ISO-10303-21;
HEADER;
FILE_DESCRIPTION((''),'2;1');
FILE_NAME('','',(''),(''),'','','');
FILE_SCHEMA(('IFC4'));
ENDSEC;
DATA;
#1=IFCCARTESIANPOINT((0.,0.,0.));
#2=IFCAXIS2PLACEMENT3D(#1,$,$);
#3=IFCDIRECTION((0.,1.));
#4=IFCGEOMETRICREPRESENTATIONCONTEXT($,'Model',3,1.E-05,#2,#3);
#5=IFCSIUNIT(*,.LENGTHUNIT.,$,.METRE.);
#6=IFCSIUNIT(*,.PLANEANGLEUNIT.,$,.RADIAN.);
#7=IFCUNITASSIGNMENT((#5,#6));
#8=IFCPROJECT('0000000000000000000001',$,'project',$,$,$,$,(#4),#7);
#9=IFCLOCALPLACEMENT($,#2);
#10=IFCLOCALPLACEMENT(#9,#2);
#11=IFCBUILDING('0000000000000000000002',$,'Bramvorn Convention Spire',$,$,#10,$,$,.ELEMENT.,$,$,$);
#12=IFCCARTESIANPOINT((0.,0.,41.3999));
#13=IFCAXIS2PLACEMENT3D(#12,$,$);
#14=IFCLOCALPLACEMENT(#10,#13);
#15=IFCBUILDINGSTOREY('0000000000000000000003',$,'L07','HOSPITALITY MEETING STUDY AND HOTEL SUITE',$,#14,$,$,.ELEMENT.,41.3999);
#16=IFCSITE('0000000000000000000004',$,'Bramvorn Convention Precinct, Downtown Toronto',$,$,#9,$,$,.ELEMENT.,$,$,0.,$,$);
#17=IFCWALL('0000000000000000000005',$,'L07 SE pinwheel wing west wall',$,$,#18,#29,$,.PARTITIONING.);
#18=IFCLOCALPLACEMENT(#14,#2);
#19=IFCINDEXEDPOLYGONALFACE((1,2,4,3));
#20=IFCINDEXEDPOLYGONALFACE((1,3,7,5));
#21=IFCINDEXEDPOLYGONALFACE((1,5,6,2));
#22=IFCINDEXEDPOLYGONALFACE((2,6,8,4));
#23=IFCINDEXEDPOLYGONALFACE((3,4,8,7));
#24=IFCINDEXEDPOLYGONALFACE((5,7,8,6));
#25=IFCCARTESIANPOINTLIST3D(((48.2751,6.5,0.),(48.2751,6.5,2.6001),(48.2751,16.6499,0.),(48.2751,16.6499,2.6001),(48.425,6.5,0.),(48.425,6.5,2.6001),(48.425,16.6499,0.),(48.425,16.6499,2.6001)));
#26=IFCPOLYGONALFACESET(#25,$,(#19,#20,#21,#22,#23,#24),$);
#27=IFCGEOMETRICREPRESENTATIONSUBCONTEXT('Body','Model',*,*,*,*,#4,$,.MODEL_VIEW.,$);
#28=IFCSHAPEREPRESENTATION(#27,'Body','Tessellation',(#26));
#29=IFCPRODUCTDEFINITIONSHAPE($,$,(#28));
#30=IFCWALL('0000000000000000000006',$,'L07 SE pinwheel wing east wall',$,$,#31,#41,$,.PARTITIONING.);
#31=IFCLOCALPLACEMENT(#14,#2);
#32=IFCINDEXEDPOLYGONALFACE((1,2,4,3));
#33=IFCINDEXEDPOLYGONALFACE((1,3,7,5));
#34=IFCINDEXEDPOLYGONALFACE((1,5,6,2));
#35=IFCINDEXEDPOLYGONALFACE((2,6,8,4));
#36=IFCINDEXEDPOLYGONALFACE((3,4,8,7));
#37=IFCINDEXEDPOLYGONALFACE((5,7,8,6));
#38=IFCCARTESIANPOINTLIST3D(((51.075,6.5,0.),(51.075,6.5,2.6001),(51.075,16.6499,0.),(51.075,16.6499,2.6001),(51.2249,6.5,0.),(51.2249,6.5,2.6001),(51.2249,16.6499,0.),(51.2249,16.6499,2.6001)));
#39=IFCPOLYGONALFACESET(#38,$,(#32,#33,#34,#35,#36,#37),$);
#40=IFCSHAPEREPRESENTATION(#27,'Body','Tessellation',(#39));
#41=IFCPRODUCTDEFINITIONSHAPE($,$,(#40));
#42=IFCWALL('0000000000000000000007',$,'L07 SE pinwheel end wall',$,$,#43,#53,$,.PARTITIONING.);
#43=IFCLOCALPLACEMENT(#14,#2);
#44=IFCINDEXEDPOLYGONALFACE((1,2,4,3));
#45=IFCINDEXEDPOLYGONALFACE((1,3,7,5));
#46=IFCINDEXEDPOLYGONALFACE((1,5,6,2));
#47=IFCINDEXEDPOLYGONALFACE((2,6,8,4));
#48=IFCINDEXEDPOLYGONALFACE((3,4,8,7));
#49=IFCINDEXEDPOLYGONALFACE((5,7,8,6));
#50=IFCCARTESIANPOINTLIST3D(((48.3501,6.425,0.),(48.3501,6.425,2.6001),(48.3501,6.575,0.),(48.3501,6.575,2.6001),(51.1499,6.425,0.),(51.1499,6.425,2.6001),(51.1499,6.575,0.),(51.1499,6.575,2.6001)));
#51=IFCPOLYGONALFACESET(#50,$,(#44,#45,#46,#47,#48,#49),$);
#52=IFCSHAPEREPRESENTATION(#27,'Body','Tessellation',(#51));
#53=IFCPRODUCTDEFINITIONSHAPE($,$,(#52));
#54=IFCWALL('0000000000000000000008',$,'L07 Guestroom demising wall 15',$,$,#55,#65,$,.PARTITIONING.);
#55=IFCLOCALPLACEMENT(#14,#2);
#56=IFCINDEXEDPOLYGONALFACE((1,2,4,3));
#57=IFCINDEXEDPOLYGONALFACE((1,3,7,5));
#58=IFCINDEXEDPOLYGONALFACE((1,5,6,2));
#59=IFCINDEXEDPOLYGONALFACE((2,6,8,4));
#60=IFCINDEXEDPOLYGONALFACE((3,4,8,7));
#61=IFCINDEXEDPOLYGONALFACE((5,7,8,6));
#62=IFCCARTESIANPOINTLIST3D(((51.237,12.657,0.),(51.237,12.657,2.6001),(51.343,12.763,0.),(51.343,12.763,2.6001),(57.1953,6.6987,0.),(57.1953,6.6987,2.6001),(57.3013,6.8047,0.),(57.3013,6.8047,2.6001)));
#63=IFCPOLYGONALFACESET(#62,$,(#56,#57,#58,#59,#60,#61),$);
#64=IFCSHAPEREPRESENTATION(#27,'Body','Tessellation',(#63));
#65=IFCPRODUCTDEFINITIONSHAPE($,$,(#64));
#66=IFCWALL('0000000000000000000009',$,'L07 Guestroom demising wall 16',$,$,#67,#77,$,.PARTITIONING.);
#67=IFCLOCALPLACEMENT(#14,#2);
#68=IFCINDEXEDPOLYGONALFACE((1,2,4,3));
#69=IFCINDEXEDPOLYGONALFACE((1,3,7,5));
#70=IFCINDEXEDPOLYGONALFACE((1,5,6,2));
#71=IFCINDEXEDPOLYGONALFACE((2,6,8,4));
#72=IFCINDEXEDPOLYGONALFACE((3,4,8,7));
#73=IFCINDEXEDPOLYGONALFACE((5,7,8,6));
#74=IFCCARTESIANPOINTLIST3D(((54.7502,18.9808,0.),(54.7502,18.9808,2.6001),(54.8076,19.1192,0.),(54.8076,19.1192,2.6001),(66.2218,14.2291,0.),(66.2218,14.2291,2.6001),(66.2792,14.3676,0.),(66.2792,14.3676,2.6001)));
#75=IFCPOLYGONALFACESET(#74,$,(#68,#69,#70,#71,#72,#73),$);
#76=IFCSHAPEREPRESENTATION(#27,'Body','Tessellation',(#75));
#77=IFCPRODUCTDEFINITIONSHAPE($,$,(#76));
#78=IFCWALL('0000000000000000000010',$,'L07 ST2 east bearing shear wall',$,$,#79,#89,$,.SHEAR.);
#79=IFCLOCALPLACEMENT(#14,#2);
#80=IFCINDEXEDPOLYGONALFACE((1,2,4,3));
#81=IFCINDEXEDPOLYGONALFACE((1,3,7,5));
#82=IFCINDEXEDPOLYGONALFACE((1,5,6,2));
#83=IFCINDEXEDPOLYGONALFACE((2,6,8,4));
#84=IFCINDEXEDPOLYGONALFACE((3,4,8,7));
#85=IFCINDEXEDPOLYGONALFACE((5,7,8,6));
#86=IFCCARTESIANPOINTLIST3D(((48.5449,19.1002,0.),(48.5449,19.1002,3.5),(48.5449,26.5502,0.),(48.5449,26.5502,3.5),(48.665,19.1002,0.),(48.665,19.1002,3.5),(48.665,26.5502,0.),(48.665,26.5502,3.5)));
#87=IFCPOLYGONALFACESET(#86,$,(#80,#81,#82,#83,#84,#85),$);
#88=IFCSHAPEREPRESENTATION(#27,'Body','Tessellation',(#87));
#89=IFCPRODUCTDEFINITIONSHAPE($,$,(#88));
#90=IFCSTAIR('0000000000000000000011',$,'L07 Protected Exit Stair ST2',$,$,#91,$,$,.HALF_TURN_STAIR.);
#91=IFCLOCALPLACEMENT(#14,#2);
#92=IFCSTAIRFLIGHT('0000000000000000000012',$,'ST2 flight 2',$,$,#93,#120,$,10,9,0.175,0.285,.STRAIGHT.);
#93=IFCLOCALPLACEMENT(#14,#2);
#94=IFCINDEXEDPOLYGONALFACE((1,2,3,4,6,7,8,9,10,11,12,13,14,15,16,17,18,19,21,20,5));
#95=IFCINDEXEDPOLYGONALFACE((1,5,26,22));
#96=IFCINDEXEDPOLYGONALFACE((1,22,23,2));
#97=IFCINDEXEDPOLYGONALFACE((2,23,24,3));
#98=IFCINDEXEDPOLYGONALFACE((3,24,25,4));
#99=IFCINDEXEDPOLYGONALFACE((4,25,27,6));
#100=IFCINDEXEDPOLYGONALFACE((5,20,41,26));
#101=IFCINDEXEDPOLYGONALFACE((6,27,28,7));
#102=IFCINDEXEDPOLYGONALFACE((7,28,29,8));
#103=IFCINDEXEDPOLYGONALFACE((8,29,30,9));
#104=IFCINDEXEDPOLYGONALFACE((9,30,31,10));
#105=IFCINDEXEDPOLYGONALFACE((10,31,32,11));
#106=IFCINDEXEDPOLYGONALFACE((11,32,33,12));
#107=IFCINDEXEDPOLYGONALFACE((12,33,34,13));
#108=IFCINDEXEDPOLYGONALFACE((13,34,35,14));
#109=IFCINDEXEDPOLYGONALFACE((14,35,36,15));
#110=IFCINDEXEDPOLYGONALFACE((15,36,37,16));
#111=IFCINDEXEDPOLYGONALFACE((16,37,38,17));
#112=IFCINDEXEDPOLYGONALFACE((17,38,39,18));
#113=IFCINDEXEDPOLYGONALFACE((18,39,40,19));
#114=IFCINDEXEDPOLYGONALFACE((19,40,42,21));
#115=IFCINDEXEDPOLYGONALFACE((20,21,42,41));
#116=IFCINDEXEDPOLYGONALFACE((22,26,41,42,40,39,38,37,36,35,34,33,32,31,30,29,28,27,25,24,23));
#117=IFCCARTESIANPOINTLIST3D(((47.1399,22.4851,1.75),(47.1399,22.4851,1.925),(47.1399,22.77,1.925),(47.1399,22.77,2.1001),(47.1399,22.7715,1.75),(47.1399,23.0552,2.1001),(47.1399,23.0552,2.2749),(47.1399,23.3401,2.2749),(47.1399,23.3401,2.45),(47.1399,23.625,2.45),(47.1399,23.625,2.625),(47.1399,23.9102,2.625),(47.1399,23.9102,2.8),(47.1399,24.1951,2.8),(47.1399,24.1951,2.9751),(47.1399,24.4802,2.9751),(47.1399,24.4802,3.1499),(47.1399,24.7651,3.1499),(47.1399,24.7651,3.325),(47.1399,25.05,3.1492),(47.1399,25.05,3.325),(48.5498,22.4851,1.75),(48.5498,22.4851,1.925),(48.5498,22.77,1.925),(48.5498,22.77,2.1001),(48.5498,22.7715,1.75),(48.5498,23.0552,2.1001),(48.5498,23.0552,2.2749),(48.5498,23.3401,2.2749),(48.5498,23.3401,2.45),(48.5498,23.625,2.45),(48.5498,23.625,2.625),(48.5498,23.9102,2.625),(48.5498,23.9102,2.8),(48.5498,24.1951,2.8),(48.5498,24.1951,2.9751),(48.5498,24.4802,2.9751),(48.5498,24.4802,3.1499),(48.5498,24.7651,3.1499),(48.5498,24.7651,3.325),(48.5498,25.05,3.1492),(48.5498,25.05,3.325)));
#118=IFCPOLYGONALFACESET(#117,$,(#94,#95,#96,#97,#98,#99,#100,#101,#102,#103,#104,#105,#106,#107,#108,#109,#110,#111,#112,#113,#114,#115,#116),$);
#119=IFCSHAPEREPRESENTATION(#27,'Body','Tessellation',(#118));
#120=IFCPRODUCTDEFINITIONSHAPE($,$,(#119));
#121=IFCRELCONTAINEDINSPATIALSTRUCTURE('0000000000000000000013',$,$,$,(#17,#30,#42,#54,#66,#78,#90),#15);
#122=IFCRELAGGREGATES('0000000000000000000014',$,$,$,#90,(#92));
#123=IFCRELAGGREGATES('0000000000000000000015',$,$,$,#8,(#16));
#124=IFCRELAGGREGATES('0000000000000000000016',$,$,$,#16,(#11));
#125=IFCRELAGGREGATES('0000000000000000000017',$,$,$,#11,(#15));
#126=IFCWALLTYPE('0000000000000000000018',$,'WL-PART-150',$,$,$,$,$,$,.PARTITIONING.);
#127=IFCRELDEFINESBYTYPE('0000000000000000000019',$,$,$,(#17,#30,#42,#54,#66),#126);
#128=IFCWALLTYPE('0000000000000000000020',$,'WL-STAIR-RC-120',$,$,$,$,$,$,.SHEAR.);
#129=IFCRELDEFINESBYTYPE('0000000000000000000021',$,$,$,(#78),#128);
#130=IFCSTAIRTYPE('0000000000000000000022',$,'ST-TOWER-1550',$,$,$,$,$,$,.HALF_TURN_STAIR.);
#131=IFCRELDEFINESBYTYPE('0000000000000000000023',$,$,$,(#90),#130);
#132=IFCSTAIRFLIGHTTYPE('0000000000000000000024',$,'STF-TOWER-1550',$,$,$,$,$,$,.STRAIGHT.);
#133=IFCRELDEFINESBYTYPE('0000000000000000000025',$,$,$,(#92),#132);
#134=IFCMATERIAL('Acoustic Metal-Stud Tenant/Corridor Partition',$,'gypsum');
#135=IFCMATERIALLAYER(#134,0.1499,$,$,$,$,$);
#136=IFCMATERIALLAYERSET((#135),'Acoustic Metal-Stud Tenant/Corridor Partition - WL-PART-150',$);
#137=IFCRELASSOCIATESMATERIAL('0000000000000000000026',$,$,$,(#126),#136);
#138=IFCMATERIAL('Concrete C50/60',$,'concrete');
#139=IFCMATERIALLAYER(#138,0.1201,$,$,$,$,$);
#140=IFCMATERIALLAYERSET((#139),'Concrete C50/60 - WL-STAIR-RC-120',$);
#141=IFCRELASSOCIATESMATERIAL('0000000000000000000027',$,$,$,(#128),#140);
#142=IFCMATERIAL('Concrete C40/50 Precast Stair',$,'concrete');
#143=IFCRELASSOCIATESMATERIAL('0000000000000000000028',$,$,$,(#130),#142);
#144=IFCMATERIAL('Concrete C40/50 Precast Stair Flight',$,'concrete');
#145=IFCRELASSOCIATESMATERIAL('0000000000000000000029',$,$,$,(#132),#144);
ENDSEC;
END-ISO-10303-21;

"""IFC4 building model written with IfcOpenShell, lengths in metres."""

from ifc_helpers import new_model, si_unit, direction, frame, frame_2d, origin, place, context, subcontext, project, spatial, polyline, rectangle, outline, extrude, material, layer, layer_set, type_object, element, aggregate, save


model = new_model("IFC4")

# Units and contexts
model_context = context("Model", 3, precision=1e-05, world=origin(), true_north=direction((0.0, 1.0)))
body_context = subcontext(model_context, "Body", "Model", "MODEL_VIEW")
ifc_project = project(units=[si_unit("LENGTHUNIT", "METRE"), si_unit("PLANEANGLEUNIT", "RADIAN")], contexts=[model_context])

# Site, building, storey
site_placement = place(None, origin())
site = spatial("IfcSite", under=ifc_project, at=site_placement, Name="Bramvorn Convention Precinct, Downtown Toronto", CompositionType="ELEMENT", RefElevation=0.0)
building_placement = place(site_placement, origin())
building = spatial("IfcBuilding", under=site, at=building_placement, Name="Bramvorn Convention Spire", CompositionType="ELEMENT")
storey_placement = place(building_placement, frame((0.0, 0.0, 41.3999)))
storey = spatial("IfcBuildingStorey", under=building, at=storey_placement, Name="L07", Description="HOSPITALITY MEETING STUDY AND HOTEL SUITE", CompositionType="ELEMENT", Elevation=41.3999)

# Shared definitions
ifc_material_1 = material(Name="Acoustic Metal-Stud Tenant/Corridor Partition", Category="gypsum")
ifc_layer_1 = layer(ifc_material_1, 0.1499)
ifc_layer_set_1 = layer_set([ifc_layer_1], Name="Acoustic Metal-Stud Tenant/Corridor Partition - WL-PART-150")
wall_type_1 = type_object("IfcWallType", Name="WL-PART-150", PredefinedType="PARTITIONING", material=ifc_layer_set_1)

# Walls
for number, where, z_axis, x_axis, name in (
    (1, (48.3501, 6.5, 0.0), (0.0, 0.0, 1.0), (0.0, 1.0, 0.0), "L07 SE pinwheel wing west wall"),
    (2, (51.1499, 6.5, 0.0), (0.0, 0.0, 1.0), (0.0, 1.0, 0.0), "L07 SE pinwheel wing east wall"),
):
    element("IfcWall", number, at=place(storey_placement, frame(where, z_axis=z_axis, x_axis=x_axis)), inside=storey, type_object=wall_type_1, Name=name, PredefinedType="PARTITIONING", context=body_context, shape_type="SweptSolid", body=[
        extrude(rectangle(XDim=10.1499, YDim=0.1499, at=frame_2d((5.075, 0.0))), origin(), (0.0, 0.0, 1.0), 2.6001),
    ])
wall_1_placement = place(storey_placement, frame((48.3501, 6.5, 0.0), z_axis=(0.0, 0.0, 1.0), x_axis=(1.0, 0.0, 0.0)))
element("IfcWall", 3, at=wall_1_placement, inside=storey, type_object=wall_type_1, Name="L07 SE pinwheel end wall", PredefinedType="PARTITIONING", context=body_context, shape_type="SweptSolid", body=[
    extrude(rectangle(XDim=2.7998, YDim=0.1499, at=frame_2d((1.3999, 0.0))), origin(), (0.0, 0.0, 1.0), 2.6001),
])
wall_2_placement = place(storey_placement, frame((51.29, 12.71, 0.0), z_axis=(0.0, 0.0, 1.0), x_axis=(0.707107, -0.707107, 0.0)))
element("IfcWall", 4, at=wall_2_placement, inside=storey, type_object=wall_type_1, Name="L07 Guestroom demising wall 15", PredefinedType="PARTITIONING", context=body_context, shape_type="SweptSolid", body=[
    extrude(rectangle(XDim=8.4263, YDim=0.1499, at=frame_2d((4.2131, 0.0))), origin(), (0.0, 0.0, 1.0), 2.6001),
])
wall_3_placement = place(storey_placement, frame((54.7788, 19.05, 0.0), z_axis=(0.0, 0.0, 1.0), x_axis=(0.92388, -0.382682, 0.0)))
element("IfcWall", 5, at=wall_3_placement, inside=storey, type_object=wall_type_1, Name="L07 Guestroom demising wall 16", PredefinedType="PARTITIONING", context=body_context, shape_type="SweptSolid", body=[
    extrude(rectangle(XDim=12.4167, YDim=0.1499, at=frame_2d((6.2085, 0.0))), origin(), (0.0, 0.0, 1.0), 2.6001),
])
ifc_material_2 = material(Name="Concrete C50/60", Category="concrete")
ifc_layer_2 = layer(ifc_material_2, 0.1201)
ifc_layer_set_2 = layer_set([ifc_layer_2], Name="Concrete C50/60 - WL-STAIR-RC-120")
wall_type_2 = type_object("IfcWallType", Name="WL-STAIR-RC-120", PredefinedType="SHEAR", material=ifc_layer_set_2)
wall_4_placement = place(storey_placement, frame((48.605, 19.1001, 0.0), z_axis=(0.0, 0.0, 1.0), x_axis=(0.0, 1.0, 0.0)))
element("IfcWall", 6, at=wall_4_placement, inside=storey, type_object=wall_type_2, Name="L07 ST2 east bearing shear wall", PredefinedType="SHEAR", context=body_context, shape_type="SweptSolid", body=[
    extrude(rectangle(XDim=7.45, YDim=0.1201, at=frame_2d((3.7251, 0.0))), origin(), (0.0, 0.0, 1.0), 3.5),
])

# Stair, stair flight
ifc_material_3 = material(Name="Concrete C40/50 Precast Stair", Category="concrete")
stair_type = type_object("IfcStairType", Name="ST-TOWER-1550", PredefinedType="HALF_TURN_STAIR", material=ifc_material_3)
stair_placement = place(storey_placement, origin())
stair = element("IfcStair", 7, at=stair_placement, inside=storey, type_object=stair_type, Name="L07 Protected Exit Stair ST2", PredefinedType="HALF_TURN_STAIR")
ifc_material_4 = material(Name="Concrete C40/50 Precast Stair Flight", Category="concrete")
stair_flight_type = type_object("IfcStairFlightType", Name="STF-TOWER-1550", PredefinedType="STRAIGHT", material=ifc_material_4)
stair_flight_placement = place(storey_placement, frame((47.845, 22.4851, 1.75), z_axis=(0.0, 0.0, 1.0), x_axis=(0.0, 1.0, 0.0)))
stair_flight = element("IfcStairFlight", 8, at=stair_flight_placement, type_object=stair_flight_type, Name="ST2 flight 2", NumberOfRisers=10, NumberOfTreads=9, PredefinedType="STRAIGHT", RiserHeight=0.175, TreadLength=0.285, context=body_context, shape_type="SweptSolid", body=[
    extrude(outline(polyline([(0.0, 0.0), (0.0, 0.175), (0.2849, 0.175), (0.2849, 0.3501), (0.5701, 0.3501), (0.5701, 0.5249), (0.855, 0.5249), (0.855, 0.7), (1.1399, 0.7), (1.1399, 0.875), (1.425, 0.875), (1.425, 1.05), (1.71, 1.05), (1.71, 1.2251), (1.9951, 1.2251), (1.9951, 1.3999), (2.28, 1.3999), (2.28, 1.575), (2.5649, 1.575), (2.5649, 1.75), (2.5649, 1.3992), (0.2864, 0.0), (0.0, 0.0)])), frame((0.0, 0.7051, 0.0), z_axis=(0.0, -1.0, 0.0), x_axis=(1.0, 0.0, 0.0)), (0.0, 0.0, 1.0), 1.4099),
])
aggregate(stair, [stair_flight])

save(model, "model.ifc")
